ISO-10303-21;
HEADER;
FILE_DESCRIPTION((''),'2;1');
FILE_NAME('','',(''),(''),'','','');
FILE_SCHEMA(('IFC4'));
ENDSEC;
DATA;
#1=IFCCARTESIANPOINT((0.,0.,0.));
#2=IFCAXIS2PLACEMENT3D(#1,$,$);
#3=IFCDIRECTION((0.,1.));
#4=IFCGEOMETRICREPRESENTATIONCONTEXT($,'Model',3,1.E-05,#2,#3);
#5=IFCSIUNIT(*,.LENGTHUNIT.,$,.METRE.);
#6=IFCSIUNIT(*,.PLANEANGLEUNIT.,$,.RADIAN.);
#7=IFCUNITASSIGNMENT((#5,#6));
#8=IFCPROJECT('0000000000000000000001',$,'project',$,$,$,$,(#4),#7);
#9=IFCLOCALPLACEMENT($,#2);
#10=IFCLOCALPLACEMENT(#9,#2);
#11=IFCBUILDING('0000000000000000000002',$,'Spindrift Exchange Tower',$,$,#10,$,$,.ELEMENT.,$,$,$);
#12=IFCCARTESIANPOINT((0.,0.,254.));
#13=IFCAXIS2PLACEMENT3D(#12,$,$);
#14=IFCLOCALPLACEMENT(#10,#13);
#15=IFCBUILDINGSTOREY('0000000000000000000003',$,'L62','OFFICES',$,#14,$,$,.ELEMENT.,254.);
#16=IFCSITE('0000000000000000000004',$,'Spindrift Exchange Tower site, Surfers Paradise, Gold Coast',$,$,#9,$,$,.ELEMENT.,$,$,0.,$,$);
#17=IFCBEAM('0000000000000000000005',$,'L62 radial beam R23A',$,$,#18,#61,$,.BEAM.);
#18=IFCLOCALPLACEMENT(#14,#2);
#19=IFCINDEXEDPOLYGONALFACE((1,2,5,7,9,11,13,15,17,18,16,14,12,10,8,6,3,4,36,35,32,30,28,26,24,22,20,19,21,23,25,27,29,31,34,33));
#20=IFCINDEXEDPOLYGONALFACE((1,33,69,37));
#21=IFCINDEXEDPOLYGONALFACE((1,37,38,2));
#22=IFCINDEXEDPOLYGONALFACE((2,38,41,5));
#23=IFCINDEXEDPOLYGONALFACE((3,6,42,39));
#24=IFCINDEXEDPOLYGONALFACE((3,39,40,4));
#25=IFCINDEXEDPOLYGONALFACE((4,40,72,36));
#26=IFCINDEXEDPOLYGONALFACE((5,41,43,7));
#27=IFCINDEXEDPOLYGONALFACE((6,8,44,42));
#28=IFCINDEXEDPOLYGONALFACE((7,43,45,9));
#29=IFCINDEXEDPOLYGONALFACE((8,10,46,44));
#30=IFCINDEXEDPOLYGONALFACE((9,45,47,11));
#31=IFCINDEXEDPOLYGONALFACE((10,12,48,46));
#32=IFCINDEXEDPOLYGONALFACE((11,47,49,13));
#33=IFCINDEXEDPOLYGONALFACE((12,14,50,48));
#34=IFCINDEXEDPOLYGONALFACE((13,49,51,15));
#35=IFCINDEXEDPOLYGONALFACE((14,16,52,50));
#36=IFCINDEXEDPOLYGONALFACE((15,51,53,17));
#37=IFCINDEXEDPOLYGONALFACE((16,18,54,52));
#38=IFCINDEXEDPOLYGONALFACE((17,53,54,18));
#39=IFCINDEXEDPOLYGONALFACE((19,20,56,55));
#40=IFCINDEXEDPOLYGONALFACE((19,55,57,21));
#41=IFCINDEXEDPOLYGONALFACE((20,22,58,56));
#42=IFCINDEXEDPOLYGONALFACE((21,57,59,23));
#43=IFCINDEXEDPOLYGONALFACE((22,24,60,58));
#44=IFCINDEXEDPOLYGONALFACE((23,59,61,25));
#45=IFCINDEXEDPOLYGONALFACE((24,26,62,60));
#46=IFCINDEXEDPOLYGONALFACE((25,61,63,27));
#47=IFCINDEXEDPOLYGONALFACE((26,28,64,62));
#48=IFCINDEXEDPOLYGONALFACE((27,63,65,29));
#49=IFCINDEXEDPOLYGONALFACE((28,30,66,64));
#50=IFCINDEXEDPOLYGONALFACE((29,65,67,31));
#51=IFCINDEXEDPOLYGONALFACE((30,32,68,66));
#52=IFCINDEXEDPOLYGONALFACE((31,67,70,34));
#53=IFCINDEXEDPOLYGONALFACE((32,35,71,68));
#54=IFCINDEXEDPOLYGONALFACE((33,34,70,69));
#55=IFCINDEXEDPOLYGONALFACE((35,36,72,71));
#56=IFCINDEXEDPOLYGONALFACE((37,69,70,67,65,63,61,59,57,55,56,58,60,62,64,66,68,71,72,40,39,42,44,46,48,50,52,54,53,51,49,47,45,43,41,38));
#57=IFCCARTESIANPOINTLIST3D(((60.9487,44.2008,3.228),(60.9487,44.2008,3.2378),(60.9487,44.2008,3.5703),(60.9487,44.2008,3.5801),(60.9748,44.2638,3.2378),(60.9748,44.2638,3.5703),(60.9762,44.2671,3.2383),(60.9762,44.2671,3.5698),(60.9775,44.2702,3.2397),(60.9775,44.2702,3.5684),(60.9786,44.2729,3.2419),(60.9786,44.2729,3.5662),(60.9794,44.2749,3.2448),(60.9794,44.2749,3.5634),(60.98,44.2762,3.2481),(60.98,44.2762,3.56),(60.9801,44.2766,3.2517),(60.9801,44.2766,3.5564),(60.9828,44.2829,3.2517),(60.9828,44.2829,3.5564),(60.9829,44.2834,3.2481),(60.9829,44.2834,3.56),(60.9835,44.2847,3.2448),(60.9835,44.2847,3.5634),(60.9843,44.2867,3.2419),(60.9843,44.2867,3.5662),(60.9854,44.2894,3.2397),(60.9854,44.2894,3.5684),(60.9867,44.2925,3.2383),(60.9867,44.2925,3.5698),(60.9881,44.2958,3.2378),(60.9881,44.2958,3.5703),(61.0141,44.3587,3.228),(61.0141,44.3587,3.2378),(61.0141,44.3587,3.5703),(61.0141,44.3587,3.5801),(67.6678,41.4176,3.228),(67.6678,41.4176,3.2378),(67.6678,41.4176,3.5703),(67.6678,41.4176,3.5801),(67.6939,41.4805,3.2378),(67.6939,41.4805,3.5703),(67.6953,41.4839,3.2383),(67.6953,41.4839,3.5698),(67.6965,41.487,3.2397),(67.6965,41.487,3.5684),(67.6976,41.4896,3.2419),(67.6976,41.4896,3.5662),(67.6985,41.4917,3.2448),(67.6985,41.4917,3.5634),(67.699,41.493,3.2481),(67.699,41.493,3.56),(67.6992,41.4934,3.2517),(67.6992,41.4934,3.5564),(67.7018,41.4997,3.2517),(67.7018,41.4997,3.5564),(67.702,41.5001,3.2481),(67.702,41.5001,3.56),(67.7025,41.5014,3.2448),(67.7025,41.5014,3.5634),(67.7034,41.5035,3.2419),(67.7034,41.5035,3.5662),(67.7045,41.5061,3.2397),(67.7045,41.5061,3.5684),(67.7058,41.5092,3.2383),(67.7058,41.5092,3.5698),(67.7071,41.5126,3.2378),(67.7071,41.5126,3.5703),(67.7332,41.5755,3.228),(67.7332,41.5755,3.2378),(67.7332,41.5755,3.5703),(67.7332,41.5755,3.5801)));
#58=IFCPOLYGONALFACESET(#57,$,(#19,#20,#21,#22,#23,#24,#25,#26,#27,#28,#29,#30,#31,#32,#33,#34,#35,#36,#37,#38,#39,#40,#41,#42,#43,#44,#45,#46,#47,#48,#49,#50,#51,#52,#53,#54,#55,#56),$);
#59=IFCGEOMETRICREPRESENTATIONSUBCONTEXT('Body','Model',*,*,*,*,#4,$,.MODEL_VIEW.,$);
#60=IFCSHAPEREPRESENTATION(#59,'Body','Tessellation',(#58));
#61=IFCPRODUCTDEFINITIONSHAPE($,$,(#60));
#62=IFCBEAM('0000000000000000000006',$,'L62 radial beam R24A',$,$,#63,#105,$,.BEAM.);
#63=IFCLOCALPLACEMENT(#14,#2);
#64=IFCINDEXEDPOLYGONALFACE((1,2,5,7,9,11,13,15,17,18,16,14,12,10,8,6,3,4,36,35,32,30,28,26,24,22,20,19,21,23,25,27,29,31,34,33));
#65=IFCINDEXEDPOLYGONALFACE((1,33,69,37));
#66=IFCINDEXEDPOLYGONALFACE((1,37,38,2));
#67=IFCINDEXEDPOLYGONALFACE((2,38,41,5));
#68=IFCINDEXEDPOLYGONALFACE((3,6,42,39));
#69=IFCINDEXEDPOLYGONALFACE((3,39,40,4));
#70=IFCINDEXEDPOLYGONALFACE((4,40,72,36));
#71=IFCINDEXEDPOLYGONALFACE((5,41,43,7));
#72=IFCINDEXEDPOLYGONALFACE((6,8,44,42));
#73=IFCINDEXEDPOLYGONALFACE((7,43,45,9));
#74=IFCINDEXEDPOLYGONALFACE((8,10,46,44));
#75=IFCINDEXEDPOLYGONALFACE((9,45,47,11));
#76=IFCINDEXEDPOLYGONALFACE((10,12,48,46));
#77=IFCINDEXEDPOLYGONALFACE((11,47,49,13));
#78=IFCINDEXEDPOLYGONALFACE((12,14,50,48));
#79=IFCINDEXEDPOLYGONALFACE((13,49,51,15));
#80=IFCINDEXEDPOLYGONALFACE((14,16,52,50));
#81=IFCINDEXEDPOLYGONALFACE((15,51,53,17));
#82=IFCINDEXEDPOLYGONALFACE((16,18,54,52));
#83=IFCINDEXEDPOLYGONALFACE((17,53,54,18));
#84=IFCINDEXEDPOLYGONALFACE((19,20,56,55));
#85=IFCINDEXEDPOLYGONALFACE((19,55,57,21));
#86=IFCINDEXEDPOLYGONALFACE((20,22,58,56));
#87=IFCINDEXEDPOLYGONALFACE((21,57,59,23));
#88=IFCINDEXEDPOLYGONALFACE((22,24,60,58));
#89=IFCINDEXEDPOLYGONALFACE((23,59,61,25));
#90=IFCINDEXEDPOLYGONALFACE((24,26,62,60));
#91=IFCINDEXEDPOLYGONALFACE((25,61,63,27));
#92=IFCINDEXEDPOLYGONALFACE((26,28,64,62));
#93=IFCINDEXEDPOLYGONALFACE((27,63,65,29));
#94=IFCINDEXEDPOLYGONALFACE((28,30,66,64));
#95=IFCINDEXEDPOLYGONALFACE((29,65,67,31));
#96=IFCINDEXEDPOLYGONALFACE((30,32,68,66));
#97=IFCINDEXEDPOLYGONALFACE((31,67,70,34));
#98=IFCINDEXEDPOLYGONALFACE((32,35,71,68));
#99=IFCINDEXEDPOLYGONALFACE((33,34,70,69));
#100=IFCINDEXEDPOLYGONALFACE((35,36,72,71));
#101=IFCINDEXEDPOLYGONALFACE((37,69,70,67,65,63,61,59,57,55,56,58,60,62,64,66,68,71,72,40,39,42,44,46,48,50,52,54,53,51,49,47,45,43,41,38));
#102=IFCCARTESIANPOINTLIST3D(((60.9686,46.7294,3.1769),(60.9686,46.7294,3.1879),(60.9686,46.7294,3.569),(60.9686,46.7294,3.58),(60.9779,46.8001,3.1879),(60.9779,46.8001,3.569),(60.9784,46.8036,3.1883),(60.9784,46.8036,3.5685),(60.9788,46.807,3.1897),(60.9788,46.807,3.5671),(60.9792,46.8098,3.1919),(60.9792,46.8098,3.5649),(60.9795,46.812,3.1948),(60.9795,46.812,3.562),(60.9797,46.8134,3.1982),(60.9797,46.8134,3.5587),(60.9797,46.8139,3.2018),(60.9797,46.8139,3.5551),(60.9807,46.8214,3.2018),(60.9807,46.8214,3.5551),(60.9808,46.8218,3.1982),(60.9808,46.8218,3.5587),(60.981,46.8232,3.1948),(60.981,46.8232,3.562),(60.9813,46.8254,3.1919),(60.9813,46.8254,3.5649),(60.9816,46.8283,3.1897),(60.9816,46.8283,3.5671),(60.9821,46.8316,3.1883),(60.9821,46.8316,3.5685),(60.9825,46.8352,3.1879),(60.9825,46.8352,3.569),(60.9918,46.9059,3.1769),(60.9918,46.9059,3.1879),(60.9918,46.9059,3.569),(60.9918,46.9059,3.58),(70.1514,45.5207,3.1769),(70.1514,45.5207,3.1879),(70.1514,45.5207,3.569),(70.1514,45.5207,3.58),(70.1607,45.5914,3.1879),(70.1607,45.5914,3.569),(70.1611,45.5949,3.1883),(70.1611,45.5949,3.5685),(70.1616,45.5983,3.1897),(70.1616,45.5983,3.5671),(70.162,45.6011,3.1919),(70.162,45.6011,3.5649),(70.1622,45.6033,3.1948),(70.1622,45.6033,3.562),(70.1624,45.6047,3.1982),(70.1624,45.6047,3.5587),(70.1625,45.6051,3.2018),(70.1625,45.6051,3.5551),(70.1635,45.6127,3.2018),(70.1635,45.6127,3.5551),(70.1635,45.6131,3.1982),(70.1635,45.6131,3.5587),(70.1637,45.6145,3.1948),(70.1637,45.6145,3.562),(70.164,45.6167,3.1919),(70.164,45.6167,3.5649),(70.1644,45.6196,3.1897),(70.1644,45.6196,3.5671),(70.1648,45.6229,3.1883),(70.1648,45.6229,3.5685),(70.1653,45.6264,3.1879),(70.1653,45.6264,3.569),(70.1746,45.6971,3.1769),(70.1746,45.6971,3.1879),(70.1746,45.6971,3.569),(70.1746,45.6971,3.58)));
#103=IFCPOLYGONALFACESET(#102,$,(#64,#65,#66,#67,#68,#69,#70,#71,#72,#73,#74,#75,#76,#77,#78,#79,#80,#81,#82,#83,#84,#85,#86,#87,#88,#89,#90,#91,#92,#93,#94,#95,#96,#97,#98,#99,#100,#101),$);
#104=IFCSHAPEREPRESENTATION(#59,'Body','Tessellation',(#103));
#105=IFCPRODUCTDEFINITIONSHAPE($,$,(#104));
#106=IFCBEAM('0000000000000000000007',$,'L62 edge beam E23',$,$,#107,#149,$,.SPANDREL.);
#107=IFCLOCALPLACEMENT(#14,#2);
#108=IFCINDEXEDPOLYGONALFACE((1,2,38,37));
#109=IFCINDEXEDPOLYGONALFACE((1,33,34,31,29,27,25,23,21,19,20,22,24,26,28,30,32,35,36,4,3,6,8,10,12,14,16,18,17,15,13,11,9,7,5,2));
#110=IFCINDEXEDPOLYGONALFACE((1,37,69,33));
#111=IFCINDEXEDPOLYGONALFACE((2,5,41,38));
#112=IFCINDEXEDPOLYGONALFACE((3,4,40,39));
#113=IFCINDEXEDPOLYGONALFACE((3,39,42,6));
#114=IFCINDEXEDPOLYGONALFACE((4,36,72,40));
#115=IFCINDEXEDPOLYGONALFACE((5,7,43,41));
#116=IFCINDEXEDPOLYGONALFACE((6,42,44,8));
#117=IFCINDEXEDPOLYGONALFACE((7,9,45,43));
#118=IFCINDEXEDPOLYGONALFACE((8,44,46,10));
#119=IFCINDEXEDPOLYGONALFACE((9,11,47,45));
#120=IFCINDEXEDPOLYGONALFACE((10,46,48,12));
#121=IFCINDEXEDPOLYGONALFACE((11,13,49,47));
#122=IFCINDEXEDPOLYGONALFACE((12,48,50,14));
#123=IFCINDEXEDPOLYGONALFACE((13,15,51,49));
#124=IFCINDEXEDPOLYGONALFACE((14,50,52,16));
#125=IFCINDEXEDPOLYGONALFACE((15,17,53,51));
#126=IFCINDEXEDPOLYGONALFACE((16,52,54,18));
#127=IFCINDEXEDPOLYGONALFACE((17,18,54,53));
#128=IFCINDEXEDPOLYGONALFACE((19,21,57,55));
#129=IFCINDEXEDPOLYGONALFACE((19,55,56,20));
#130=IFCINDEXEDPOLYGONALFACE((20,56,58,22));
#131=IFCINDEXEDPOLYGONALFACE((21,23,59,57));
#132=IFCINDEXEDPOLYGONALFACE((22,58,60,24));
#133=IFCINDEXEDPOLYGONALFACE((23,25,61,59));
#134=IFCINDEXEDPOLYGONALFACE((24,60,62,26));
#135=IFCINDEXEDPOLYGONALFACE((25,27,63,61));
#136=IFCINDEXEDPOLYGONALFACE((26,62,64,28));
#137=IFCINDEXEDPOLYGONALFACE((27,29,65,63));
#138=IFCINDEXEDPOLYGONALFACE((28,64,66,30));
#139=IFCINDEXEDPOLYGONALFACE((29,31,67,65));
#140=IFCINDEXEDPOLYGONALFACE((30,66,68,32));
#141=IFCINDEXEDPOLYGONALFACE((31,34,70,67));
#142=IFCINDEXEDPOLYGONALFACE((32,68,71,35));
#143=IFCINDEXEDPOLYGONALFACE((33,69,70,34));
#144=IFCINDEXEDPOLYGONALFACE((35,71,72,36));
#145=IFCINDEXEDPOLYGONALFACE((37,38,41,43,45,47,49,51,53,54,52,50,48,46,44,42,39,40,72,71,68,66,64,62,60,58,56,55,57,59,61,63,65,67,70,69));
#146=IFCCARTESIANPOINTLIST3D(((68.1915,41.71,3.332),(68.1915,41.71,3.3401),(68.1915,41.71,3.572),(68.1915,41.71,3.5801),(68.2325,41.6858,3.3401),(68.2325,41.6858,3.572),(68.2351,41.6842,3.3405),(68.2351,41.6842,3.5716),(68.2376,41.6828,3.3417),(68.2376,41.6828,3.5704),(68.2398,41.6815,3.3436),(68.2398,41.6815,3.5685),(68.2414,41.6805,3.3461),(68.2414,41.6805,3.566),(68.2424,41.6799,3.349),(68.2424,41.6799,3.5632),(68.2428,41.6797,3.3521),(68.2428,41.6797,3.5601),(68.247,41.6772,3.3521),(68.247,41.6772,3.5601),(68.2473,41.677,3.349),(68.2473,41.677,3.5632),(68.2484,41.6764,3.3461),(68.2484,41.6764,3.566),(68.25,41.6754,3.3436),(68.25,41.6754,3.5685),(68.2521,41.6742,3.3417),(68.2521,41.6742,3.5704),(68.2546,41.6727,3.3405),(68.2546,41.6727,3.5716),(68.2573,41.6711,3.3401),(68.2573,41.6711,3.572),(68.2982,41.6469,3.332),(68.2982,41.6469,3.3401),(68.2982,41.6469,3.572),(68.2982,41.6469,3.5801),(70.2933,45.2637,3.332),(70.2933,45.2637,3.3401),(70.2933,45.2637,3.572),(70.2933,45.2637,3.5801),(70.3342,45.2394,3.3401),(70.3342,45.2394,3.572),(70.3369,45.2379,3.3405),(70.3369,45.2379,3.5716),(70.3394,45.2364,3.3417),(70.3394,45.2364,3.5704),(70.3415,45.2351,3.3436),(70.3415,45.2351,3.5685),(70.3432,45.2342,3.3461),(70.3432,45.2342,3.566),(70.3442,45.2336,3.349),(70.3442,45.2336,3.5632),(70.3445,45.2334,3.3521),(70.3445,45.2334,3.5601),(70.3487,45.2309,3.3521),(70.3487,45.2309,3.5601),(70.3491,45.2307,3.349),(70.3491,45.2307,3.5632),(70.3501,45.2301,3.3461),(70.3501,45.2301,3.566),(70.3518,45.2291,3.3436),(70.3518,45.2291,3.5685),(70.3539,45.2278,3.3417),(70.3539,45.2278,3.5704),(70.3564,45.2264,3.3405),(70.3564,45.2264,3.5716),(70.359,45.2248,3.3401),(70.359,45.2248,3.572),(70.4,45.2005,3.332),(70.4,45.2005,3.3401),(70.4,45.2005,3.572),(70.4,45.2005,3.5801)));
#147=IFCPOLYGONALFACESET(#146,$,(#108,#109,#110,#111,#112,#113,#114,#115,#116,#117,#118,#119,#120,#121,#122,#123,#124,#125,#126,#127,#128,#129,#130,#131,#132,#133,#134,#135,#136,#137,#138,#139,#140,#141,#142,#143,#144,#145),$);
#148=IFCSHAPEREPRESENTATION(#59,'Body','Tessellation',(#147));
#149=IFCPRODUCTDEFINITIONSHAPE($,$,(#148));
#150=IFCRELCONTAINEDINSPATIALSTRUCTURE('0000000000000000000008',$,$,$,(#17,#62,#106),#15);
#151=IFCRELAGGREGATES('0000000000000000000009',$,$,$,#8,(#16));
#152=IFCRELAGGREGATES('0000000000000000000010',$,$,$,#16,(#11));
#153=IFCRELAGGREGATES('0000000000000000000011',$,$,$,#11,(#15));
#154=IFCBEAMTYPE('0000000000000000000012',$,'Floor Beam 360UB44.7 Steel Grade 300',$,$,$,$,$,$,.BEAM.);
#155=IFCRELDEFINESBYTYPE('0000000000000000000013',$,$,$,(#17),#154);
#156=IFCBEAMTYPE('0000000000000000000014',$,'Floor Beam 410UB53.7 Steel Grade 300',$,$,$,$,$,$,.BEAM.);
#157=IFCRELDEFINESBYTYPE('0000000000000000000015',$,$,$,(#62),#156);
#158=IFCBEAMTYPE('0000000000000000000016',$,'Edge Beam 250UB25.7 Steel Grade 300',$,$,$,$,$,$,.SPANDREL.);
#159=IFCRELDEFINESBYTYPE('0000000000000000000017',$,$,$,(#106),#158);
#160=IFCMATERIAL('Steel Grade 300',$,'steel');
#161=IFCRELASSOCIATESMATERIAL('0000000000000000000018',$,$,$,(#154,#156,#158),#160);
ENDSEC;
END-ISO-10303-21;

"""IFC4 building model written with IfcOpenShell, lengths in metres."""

from ifc_helpers import new_model, si_unit, direction, frame, origin, origin_2d, place, context, subcontext, project, spatial, i_section, extrude, source, transform, mapped, material, material_profile, profile_set, type_object, element, save


model = new_model("IFC4")

# Units and contexts
model_context = context("Model", 3, precision=1e-05, world=origin(), true_north=direction((0.0, 1.0)))
body_context = subcontext(model_context, "Body", "Model", "MODEL_VIEW")
ifc_project = project(units=[si_unit("LENGTHUNIT", "METRE"), si_unit("PLANEANGLEUNIT", "RADIAN")], contexts=[model_context])

# Site, building, storey
site_placement = place(None, origin())
site = spatial("IfcSite", under=ifc_project, at=site_placement, Name="Spindrift Exchange Tower site, Surfers Paradise, Gold Coast", CompositionType="ELEMENT", RefElevation=0.0)
building_placement = place(site_placement, origin())
building = spatial("IfcBuilding", under=site, at=building_placement, Name="Spindrift Exchange Tower", CompositionType="ELEMENT")
storey_placement = place(building_placement, frame((0.0, 0.0, 254.0)))
storey = spatial("IfcBuildingStorey", under=building, at=storey_placement, Name="L62", Description="OFFICES", CompositionType="ELEMENT", Elevation=254.0)

# Beams
ifc_material_1 = material(Name="Steel Grade 300", Category="steel")
ifc_material_profile_1 = material_profile(ifc_material_1, i_section(OverallWidth=0.1709, OverallDepth=0.3521, WebThickness=0.0068, FlangeThickness=0.0098, FilletRadius=0.0139, at=origin_2d()), Name="360UB44.7")
ifc_profile_set_1 = profile_set([ifc_material_profile_1], Name="Steel Grade 300")
beam_type_1 = type_object("IfcBeamType", Name="Floor Beam 360UB44.7 Steel Grade 300", PredefinedType="BEAM", material=ifc_profile_set_1)
shared_shape_1 = source(origin(), body_context, "Body", "SweptSolid", [
    extrude(i_section(OverallWidth=0.1709, OverallDepth=0.3521, WebThickness=0.0068, FlangeThickness=0.0098, FilletRadius=0.0139, at=origin_2d()), origin(), (0.0, 0.0, 1.0), 7.2727),
])
beam_1_placement = place(storey_placement, frame((60.9814, 44.2798, 3.4041), z_axis=(0.923874, -0.382696, 0.0), x_axis=(0.382696, 0.923874, 0.0)))
element("IfcBeam", 1, at=beam_1_placement, inside=storey, type_object=beam_type_1, Name="L62 radial beam R23A", PredefinedType="BEAM", context=body_context, shape_type="MappedRepresentation", body=[
    mapped(shared_shape_1, transform((0.0, 0.0, 0.0), scale=1.0)),
])
ifc_material_profile_2 = material_profile(ifc_material_1, i_section(OverallWidth=0.178, OverallDepth=0.4031, WebThickness=0.0076, FlangeThickness=0.011, FilletRadius=0.0139, at=origin_2d()), Name="410UB53.7")
ifc_profile_set_2 = profile_set([ifc_material_profile_2], Name="Steel Grade 300")
beam_type_2 = type_object("IfcBeamType", Name="Floor Beam 410UB53.7 Steel Grade 300", PredefinedType="BEAM", material=ifc_profile_set_2)
shared_shape_2 = source(origin(), body_context, "Body", "SweptSolid", [
    extrude(i_section(OverallWidth=0.178, OverallDepth=0.4031, WebThickness=0.0076, FlangeThickness=0.011, FilletRadius=0.0139, at=origin_2d()), origin(), (0.0, 0.0, 1.0), 9.262),
])
beam_2_placement = place(storey_placement, frame((60.9802, 46.8176, 3.3784), z_axis=(0.991448, -0.130504, 0.0), x_axis=(0.130504, 0.991448, 0.0)))
element("IfcBeam", 2, at=beam_2_placement, inside=storey, type_object=beam_type_2, Name="L62 radial beam R24A", PredefinedType="BEAM", context=body_context, shape_type="MappedRepresentation", body=[
    mapped(shared_shape_2, transform((0.0, 0.0, 0.0), scale=1.0)),
])
ifc_material_profile_3 = material_profile(ifc_material_1, i_section(OverallWidth=0.124, OverallDepth=0.248, WebThickness=0.0049, FlangeThickness=0.0081, FilletRadius=0.012, at=origin_2d()), Name="250UB25.7")
ifc_profile_set_3 = profile_set([ifc_material_profile_3], Name="Steel Grade 300")
beam_type_3 = type_object("IfcBeamType", Name="Edge Beam 250UB25.7 Steel Grade 300", PredefinedType="SPANDREL", material=ifc_profile_set_3)
shared_shape_3 = source(origin(), body_context, "Body", "SweptSolid", [
    extrude(i_section(OverallWidth=0.124, OverallDepth=0.248, WebThickness=0.0049, FlangeThickness=0.0081, FilletRadius=0.012, at=origin_2d()), origin(), (0.0, 0.0, 1.0), 4.1287),
])
beam_3_placement = place(storey_placement, frame((68.2449, 41.6785, 3.4561), z_axis=(0.509068, 0.860726, 0.0), x_axis=(-0.860726, 0.509068, 0.0)))
element("IfcBeam", 3, at=beam_3_placement, inside=storey, type_object=beam_type_3, Name="L62 edge beam E23", PredefinedType="SPANDREL", context=body_context, shape_type="MappedRepresentation", body=[
    mapped(shared_shape_3, transform((0.0, 0.0, 0.0), scale=1.0)),
])

save(model, "model.ifc")
